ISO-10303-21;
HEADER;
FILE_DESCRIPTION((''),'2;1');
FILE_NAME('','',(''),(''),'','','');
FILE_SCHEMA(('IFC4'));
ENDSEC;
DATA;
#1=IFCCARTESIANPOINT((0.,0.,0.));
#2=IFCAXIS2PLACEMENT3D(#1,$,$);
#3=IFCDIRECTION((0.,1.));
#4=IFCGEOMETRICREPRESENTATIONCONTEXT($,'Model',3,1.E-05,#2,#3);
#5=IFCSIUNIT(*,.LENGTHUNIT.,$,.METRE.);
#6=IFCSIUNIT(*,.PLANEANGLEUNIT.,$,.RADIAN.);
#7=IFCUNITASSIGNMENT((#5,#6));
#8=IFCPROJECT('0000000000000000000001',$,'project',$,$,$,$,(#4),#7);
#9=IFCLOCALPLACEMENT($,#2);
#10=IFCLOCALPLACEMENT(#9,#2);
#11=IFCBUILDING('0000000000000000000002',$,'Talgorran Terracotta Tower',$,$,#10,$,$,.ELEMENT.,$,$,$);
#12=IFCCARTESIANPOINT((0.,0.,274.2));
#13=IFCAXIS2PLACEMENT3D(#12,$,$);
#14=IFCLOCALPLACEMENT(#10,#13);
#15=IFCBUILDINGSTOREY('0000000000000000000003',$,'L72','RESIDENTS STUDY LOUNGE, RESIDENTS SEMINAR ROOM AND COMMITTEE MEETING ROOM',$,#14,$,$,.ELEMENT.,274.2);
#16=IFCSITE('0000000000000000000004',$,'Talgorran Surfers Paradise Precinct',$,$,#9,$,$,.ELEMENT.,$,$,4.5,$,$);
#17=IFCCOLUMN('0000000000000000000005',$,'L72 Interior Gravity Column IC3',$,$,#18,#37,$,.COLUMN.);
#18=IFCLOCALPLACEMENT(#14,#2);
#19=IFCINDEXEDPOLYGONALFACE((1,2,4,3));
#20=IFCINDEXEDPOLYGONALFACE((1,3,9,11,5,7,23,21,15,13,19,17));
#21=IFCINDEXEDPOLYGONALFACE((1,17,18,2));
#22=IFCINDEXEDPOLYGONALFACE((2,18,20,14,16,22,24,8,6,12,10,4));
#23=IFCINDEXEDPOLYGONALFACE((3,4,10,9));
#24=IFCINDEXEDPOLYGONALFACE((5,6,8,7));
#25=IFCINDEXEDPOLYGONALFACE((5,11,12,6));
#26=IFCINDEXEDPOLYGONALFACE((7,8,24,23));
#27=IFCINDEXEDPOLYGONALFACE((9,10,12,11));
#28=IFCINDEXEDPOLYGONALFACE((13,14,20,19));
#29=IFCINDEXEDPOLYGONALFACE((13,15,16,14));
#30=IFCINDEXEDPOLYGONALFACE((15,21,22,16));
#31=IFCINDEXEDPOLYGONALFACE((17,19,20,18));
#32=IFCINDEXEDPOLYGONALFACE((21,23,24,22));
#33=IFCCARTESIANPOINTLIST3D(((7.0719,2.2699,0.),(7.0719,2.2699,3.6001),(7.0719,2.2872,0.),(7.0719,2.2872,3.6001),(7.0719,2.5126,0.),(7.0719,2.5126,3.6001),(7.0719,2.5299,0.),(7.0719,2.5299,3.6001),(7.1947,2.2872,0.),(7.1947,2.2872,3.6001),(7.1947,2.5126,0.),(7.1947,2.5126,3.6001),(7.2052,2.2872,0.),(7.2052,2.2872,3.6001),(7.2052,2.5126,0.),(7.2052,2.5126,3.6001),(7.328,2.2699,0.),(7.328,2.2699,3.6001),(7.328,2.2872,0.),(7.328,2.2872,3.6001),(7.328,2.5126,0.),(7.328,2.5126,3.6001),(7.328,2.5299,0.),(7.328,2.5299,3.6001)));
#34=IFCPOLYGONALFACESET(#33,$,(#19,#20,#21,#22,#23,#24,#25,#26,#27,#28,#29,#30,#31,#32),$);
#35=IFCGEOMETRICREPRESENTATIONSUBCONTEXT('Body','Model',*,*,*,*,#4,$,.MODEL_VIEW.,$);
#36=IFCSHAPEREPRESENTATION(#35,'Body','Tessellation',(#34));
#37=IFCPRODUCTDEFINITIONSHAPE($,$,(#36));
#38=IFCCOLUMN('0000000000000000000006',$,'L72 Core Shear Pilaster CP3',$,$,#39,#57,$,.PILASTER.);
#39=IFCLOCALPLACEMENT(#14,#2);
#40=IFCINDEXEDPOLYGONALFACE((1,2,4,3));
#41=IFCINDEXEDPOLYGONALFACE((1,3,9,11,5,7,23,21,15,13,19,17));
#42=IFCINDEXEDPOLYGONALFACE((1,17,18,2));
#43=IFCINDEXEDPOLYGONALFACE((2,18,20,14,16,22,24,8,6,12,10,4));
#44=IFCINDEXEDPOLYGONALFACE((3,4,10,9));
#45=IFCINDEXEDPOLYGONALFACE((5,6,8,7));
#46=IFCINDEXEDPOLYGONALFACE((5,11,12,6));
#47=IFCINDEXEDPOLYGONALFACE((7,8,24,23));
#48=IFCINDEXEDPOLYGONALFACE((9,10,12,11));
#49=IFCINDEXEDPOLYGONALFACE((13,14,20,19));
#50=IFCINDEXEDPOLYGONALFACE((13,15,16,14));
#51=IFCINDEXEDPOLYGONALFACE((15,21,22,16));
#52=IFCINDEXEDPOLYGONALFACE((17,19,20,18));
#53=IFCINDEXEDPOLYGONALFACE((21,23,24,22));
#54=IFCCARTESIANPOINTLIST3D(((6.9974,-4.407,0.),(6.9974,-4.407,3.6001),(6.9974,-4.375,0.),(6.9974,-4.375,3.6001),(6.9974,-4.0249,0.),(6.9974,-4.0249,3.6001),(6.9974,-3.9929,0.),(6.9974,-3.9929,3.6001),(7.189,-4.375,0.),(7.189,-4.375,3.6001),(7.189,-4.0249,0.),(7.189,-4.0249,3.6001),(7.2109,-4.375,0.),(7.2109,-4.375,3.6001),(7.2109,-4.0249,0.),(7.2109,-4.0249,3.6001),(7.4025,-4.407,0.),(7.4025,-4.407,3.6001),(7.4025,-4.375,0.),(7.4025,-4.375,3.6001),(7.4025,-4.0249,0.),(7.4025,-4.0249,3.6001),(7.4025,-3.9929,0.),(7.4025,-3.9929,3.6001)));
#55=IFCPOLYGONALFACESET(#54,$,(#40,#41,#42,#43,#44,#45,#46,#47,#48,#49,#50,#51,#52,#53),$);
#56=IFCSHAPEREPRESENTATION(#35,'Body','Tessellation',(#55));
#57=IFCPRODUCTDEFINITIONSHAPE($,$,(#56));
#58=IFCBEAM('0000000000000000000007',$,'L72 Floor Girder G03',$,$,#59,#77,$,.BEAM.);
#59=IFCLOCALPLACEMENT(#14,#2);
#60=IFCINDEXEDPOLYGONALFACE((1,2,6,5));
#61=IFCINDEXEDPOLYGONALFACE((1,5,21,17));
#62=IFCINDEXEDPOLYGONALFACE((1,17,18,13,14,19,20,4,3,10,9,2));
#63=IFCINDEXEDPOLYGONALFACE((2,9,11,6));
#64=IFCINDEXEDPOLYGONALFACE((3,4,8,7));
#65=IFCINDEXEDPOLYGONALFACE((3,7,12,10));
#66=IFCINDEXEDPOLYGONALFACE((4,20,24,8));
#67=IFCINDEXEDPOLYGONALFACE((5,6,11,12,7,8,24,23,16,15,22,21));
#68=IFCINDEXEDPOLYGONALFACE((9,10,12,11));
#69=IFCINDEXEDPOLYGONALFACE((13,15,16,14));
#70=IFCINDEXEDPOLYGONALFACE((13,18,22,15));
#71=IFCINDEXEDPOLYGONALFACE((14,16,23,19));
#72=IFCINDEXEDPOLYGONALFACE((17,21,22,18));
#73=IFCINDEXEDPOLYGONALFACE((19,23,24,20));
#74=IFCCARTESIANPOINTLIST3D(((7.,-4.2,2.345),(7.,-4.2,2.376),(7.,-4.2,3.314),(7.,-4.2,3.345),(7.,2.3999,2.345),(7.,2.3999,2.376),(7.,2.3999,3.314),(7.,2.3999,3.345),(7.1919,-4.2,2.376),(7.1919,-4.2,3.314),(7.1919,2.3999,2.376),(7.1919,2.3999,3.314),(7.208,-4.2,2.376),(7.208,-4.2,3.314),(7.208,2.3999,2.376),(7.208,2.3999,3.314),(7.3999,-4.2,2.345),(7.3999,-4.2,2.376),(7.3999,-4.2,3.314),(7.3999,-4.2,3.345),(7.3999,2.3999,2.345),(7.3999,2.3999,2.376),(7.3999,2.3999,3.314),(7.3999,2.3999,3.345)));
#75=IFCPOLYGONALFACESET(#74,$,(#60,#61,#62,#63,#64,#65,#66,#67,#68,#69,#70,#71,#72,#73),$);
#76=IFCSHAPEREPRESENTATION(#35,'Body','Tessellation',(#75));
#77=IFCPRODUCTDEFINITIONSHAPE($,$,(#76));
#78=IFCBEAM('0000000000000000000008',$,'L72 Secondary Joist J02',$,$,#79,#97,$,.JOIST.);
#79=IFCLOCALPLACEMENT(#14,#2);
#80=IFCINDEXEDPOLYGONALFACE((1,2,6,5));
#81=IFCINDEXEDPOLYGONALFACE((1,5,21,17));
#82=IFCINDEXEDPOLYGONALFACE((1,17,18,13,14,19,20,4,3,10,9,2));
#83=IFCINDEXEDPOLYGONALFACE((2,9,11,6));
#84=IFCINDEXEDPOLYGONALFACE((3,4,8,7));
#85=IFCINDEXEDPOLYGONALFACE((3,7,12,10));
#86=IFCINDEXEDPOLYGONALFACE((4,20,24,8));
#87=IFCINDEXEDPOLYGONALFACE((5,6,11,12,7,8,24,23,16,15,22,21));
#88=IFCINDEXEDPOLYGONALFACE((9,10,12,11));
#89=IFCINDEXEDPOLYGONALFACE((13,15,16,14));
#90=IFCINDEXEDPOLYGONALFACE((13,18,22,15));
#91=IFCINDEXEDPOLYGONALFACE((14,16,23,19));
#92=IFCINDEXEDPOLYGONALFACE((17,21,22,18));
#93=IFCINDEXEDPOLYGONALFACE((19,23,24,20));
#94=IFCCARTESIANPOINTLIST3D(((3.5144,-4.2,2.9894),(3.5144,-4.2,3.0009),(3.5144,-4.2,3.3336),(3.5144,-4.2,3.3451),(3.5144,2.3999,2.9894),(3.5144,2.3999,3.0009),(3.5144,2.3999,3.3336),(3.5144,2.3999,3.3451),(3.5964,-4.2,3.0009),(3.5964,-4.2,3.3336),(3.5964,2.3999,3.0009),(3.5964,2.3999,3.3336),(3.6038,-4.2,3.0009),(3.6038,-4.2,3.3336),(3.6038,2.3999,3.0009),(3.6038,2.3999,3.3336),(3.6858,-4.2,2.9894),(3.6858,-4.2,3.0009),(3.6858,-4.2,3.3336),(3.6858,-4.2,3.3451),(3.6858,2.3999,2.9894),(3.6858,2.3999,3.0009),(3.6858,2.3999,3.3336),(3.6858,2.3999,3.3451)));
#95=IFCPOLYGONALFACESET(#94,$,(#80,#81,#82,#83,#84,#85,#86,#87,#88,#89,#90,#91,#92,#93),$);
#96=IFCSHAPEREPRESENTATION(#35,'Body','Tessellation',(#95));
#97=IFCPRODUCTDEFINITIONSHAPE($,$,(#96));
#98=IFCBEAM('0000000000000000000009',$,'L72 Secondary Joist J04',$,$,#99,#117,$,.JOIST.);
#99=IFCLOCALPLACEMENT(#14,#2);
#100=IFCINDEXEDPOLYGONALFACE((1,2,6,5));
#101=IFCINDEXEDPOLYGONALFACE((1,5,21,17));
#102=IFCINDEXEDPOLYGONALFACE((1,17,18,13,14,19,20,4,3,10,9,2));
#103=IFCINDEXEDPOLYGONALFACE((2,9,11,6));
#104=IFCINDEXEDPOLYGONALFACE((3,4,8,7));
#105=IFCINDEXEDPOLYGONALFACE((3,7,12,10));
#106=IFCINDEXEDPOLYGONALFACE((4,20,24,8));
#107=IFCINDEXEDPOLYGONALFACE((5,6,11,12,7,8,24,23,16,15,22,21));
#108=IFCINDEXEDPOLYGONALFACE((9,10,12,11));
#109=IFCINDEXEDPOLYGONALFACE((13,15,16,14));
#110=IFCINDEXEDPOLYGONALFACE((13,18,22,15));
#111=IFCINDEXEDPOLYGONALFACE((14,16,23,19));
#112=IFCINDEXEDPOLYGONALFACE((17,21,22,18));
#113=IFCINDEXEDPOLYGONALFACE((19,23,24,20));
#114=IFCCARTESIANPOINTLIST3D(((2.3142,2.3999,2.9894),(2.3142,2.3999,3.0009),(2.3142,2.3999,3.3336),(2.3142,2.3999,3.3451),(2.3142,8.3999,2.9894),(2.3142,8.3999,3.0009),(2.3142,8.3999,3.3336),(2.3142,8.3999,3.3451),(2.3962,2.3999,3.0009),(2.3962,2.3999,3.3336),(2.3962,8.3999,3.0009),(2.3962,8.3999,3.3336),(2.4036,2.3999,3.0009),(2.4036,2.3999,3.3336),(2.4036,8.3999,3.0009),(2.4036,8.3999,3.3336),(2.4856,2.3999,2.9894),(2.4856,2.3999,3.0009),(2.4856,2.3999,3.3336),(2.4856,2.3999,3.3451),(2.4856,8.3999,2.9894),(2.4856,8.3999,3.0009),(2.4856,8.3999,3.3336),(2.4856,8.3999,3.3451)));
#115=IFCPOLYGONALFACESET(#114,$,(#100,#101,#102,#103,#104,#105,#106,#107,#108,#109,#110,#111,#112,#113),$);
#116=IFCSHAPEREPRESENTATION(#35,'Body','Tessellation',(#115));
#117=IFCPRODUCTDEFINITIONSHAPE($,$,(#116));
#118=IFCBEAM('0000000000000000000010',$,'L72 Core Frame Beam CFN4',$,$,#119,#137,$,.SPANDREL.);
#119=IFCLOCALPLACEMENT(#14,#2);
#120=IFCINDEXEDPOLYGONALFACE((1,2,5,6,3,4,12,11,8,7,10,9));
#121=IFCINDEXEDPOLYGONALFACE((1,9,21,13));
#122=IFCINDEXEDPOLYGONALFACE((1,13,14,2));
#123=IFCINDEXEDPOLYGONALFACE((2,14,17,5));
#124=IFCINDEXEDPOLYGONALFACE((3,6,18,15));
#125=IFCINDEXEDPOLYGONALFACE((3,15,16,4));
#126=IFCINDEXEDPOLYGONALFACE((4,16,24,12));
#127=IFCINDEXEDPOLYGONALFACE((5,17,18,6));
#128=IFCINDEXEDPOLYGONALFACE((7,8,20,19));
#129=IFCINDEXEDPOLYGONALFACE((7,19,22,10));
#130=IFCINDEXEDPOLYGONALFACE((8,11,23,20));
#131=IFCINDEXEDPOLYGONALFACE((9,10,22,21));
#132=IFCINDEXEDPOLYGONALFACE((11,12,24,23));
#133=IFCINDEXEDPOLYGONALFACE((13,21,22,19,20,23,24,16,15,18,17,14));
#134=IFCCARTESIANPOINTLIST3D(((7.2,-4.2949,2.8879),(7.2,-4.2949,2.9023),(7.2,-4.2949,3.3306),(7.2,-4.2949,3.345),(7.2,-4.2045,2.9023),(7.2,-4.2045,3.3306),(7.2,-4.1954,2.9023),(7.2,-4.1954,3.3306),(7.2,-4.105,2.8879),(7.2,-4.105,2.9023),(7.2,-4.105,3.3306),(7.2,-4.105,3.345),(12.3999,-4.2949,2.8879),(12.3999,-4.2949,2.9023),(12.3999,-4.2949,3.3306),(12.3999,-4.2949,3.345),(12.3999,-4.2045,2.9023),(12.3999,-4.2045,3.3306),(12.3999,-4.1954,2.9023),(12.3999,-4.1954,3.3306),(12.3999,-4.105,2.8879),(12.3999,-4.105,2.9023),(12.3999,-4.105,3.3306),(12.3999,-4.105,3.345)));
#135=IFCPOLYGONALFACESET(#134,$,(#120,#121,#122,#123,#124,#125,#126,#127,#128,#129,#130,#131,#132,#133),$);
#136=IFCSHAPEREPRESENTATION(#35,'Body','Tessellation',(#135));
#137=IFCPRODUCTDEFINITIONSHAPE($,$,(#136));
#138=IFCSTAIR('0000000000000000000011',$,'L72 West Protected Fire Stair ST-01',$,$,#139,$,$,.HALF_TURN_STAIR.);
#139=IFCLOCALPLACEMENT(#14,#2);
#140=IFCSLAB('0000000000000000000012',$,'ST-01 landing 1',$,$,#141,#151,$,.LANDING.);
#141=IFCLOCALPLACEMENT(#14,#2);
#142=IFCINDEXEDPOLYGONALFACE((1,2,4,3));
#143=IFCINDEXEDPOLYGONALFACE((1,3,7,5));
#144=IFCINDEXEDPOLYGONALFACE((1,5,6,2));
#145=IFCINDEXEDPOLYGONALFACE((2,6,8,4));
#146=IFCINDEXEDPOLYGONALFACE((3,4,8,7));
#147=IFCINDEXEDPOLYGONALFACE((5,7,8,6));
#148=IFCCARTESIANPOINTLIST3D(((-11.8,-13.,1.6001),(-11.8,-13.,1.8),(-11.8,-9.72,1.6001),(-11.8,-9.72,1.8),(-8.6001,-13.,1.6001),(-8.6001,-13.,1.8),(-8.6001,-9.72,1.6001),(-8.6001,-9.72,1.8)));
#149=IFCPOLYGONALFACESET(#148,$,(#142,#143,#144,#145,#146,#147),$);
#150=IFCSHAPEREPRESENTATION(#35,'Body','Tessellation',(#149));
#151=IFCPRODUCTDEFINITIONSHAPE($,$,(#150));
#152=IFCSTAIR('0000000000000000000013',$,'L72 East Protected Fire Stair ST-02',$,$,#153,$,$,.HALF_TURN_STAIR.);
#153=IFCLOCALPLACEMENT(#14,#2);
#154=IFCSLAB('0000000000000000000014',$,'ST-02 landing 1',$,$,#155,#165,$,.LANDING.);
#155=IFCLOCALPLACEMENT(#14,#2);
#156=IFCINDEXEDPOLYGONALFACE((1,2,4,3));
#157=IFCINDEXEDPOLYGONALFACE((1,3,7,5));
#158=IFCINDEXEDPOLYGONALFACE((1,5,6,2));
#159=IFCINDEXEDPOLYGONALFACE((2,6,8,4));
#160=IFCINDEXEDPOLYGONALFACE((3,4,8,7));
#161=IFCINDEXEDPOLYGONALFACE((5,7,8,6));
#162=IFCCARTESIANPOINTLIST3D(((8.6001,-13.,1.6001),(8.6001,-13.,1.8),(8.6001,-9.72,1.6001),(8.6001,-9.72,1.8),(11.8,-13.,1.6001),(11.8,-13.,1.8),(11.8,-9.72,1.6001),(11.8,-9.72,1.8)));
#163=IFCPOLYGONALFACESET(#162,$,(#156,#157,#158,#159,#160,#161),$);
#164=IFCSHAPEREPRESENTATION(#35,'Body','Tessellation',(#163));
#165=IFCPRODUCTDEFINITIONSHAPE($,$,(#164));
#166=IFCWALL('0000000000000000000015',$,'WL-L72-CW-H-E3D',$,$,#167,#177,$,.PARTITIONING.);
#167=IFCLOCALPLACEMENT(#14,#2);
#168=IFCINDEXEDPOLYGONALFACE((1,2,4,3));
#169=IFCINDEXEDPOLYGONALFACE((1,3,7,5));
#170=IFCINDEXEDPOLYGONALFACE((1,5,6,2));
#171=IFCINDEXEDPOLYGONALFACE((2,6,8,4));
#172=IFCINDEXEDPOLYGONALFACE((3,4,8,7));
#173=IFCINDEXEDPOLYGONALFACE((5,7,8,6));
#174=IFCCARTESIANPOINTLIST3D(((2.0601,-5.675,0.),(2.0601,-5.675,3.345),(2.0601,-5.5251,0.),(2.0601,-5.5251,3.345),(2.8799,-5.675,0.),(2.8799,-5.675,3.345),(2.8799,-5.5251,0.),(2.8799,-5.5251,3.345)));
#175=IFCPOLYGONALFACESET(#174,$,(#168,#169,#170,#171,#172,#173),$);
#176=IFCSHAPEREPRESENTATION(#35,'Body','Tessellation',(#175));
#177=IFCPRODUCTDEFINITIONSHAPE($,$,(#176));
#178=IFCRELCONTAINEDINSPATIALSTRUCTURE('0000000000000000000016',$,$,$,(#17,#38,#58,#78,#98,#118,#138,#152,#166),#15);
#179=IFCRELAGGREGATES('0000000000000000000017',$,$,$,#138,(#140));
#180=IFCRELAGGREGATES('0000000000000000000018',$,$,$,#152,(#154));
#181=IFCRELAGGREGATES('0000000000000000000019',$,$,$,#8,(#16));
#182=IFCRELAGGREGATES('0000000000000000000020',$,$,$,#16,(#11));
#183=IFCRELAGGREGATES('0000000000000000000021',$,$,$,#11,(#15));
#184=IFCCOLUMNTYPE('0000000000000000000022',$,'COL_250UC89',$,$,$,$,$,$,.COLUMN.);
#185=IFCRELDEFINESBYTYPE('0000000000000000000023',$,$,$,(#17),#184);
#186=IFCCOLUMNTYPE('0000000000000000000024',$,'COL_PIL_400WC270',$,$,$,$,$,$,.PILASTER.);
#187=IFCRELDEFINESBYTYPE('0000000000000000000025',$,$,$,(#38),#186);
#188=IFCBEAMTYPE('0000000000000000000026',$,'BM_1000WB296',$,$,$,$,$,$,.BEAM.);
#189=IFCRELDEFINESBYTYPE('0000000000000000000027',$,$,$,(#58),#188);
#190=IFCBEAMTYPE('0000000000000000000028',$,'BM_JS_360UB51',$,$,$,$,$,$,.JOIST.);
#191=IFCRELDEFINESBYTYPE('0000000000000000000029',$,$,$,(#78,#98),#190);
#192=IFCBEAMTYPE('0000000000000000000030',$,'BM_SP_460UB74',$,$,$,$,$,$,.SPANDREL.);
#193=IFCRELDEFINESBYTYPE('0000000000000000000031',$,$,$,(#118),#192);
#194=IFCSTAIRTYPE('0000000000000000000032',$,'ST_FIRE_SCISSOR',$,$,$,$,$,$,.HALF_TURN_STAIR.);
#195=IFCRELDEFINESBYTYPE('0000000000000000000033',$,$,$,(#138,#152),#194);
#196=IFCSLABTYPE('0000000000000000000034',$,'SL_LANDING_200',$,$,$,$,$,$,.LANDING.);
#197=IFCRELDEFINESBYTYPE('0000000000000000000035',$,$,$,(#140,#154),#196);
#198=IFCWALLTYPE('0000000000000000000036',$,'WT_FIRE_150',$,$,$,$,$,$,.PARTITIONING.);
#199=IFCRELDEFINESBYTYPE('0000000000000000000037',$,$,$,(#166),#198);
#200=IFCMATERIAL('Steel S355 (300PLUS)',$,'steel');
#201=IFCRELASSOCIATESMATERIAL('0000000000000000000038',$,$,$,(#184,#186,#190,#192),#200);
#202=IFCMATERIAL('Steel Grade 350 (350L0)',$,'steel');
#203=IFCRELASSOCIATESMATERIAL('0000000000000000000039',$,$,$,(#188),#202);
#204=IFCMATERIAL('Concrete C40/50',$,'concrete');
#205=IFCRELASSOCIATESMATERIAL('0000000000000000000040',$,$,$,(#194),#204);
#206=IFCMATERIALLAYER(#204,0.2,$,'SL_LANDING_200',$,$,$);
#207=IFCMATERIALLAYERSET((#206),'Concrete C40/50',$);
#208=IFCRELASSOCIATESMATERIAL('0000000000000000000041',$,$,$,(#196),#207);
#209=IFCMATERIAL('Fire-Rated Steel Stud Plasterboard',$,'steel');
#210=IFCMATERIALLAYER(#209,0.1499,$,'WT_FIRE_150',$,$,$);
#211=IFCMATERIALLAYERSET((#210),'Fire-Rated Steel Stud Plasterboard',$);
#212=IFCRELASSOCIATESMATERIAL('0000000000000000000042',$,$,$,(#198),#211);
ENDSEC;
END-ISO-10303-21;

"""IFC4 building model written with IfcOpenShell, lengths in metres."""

from ifc_helpers import new_model, si_unit, direction, frame, frame_2d, origin, origin_2d, place, context, subcontext, project, spatial, polyline, rectangle, i_section, outline, extrude, material, layer, layer_set, material_profile, profile_set, type_object, element, aggregate, save


model = new_model("IFC4")

# Units and contexts
model_context = context("Model", 3, precision=1e-05, world=origin(), true_north=direction((0.0, 1.0)))
body_context = subcontext(model_context, "Body", "Model", "MODEL_VIEW")
ifc_project = project(units=[si_unit("LENGTHUNIT", "METRE"), si_unit("PLANEANGLEUNIT", "RADIAN")], contexts=[model_context])

# Site, building, storey
site_placement = place(None, origin())
site = spatial("IfcSite", under=ifc_project, at=site_placement, Name="Talgorran Surfers Paradise Precinct", CompositionType="ELEMENT", RefElevation=4.5)
building_placement = place(site_placement, origin())
building = spatial("IfcBuilding", under=site, at=building_placement, Name="Talgorran Terracotta Tower", CompositionType="ELEMENT")
storey_placement = place(building_placement, frame((0.0, 0.0, 274.2)))
storey = spatial("IfcBuildingStorey", under=building, at=storey_placement, Name="L72", Description="RESIDENTS STUDY LOUNGE, RESIDENTS SEMINAR ROOM AND COMMITTEE MEETING ROOM", CompositionType="ELEMENT", Elevation=274.2)

# Columns
ifc_material_1 = material(Name="Steel S355 (300PLUS)", Category="steel")
ifc_material_profile_1 = material_profile(ifc_material_1, i_section(OverallWidth=0.2561, OverallDepth=0.26, WebThickness=0.0105, FlangeThickness=0.0173, at=origin_2d()), Name="250UC89.5")
ifc_profile_set_1 = profile_set([ifc_material_profile_1], Name="Steel S355 (300PLUS)")
column_type_1 = type_object("IfcColumnType", Name="COL_250UC89", PredefinedType="COLUMN", material=ifc_profile_set_1)
column_1_placement = place(storey_placement, frame((7.2, 2.3999, 0.0), z_axis=(0.0, 0.0, 1.0), x_axis=(1.0, 0.0, 0.0)))
element("IfcColumn", 1, at=column_1_placement, inside=storey, type_object=column_type_1, Name="L72 Interior Gravity Column IC3", PredefinedType="COLUMN", context=body_context, shape_type="SweptSolid", body=[
    extrude(i_section(OverallWidth=0.2561, OverallDepth=0.26, WebThickness=0.0105, FlangeThickness=0.0173, at=origin_2d()), origin(), (0.0, 0.0, 1.0), 3.6001),
])
ifc_material_profile_2 = material_profile(ifc_material_1, i_section(OverallWidth=0.405, OverallDepth=0.4141, WebThickness=0.022, FlangeThickness=0.032, at=origin_2d()), Name="400WC270")
ifc_profile_set_2 = profile_set([ifc_material_profile_2], Name="Steel S355 (300PLUS)")
column_type_2 = type_object("IfcColumnType", Name="COL_PIL_400WC270", PredefinedType="PILASTER", material=ifc_profile_set_2)
column_2_placement = place(storey_placement, frame((7.2, -4.2, 0.0), z_axis=(0.0, 0.0, 1.0), x_axis=(1.0, 0.0, 0.0)))
element("IfcColumn", 2, at=column_2_placement, inside=storey, type_object=column_type_2, Name="L72 Core Shear Pilaster CP3", PredefinedType="PILASTER", context=body_context, shape_type="SweptSolid", body=[
    extrude(i_section(OverallWidth=0.405, OverallDepth=0.4141, WebThickness=0.022, FlangeThickness=0.032, at=origin_2d()), origin(), (0.0, 0.0, 1.0), 3.6001),
])

# Beams
ifc_material_2 = material(Name="Steel Grade 350 (350L0)", Category="steel")
ifc_material_profile_3 = material_profile(ifc_material_2, i_section(OverallWidth=0.3999, OverallDepth=1.0, WebThickness=0.0161, FlangeThickness=0.031, at=origin_2d()), Name="1000WB296")
ifc_profile_set_3 = profile_set([ifc_material_profile_3], Name="Steel Grade 350 (350L0)")
beam_type_1 = type_object("IfcBeamType", Name="BM_1000WB296", PredefinedType="BEAM", material=ifc_profile_set_3)
beam_1_placement = place(storey_placement, frame((7.2, -4.2, 2.845), z_axis=(0.0, 1.0, 0.0), x_axis=(-1.0, 0.0, 0.0)))
element("IfcBeam", 3, at=beam_1_placement, inside=storey, type_object=beam_type_1, Name="L72 Floor Girder G03", PredefinedType="BEAM", context=body_context, shape_type="SweptSolid", body=[
    extrude(i_section(OverallWidth=0.3999, OverallDepth=1.0, WebThickness=0.0161, FlangeThickness=0.031, at=origin_2d()), origin(), (0.0, 0.0, 1.0), 6.5999),
])
ifc_material_profile_4 = material_profile(ifc_material_1, i_section(OverallWidth=0.1714, OverallDepth=0.3557, WebThickness=0.0073, FlangeThickness=0.0115, at=origin_2d()), Name="360UB50.7")
ifc_profile_set_4 = profile_set([ifc_material_profile_4], Name="Steel S355 (300PLUS)")
beam_type_2 = type_object("IfcBeamType", Name="BM_JS_360UB51", PredefinedType="JOIST", material=ifc_profile_set_4)
beam_2_placement = place(storey_placement, frame((3.6001, -4.2, 3.1672), z_axis=(0.0, 1.0, 0.0), x_axis=(-1.0, 0.0, 0.0)))
element("IfcBeam", 4, at=beam_2_placement, inside=storey, type_object=beam_type_2, Name="L72 Secondary Joist J02", PredefinedType="JOIST", context=body_context, shape_type="SweptSolid", body=[
    extrude(i_section(OverallWidth=0.1714, OverallDepth=0.3557, WebThickness=0.0073, FlangeThickness=0.0115, at=origin_2d()), origin(), (0.0, 0.0, 1.0), 6.5999),
])
beam_3_placement = place(storey_placement, frame((2.3999, 2.3999, 3.1672), z_axis=(0.0, 1.0, 0.0), x_axis=(-1.0, 0.0, 0.0)))
element("IfcBeam", 5, at=beam_3_placement, inside=storey, type_object=beam_type_2, Name="L72 Secondary Joist J04", PredefinedType="JOIST", context=body_context, shape_type="SweptSolid", body=[
    extrude(i_section(OverallWidth=0.1714, OverallDepth=0.3557, WebThickness=0.0073, FlangeThickness=0.0115, at=origin_2d()), origin(), (0.0, 0.0, 1.0), 6.0),
])
ifc_material_profile_5 = material_profile(ifc_material_1, i_section(OverallWidth=0.1899, OverallDepth=0.457, WebThickness=0.009, FlangeThickness=0.0144, at=origin_2d()), Name="460UB74.6")
ifc_profile_set_5 = profile_set([ifc_material_profile_5], Name="Steel S355 (300PLUS)")
beam_type_3 = type_object("IfcBeamType", Name="BM_SP_460UB74", PredefinedType="SPANDREL", material=ifc_profile_set_5)
beam_4_placement = place(storey_placement, frame((7.2, -4.2, 3.1165), z_axis=(1.0, 0.0, 0.0), x_axis=(0.0, 1.0, 0.0)))
element("IfcBeam", 6, at=beam_4_placement, inside=storey, type_object=beam_type_3, Name="L72 Core Frame Beam CFN4", PredefinedType="SPANDREL", context=body_context, shape_type="SweptSolid", body=[
    extrude(i_section(OverallWidth=0.1899, OverallDepth=0.457, WebThickness=0.009, FlangeThickness=0.0144, at=origin_2d()), origin(), (0.0, 0.0, 1.0), 5.2),
])

# Stairs, slabs
ifc_material_3 = material(Name="Concrete C40/50", Category="concrete")
stair_type = type_object("IfcStairType", Name="ST_FIRE_SCISSOR", PredefinedType="HALF_TURN_STAIR", material=ifc_material_3)
stair_1_placement = place(storey_placement, origin())
stair_1 = element("IfcStair", 7, at=stair_1_placement, inside=storey, type_object=stair_type, Name="L72 West Protected Fire Stair ST-01", PredefinedType="HALF_TURN_STAIR")
ifc_layer_1 = layer(ifc_material_3, 0.2, Name="SL_LANDING_200")
ifc_layer_set_1 = layer_set([ifc_layer_1], Name="Concrete C40/50")
slab_type = type_object("IfcSlabType", Name="SL_LANDING_200", PredefinedType="LANDING", material=ifc_layer_set_1)
slab_1_placement = place(storey_placement, frame((0.0, 0.0, 1.6001)))
slab_1 = element("IfcSlab", 8, at=slab_1_placement, type_object=slab_type, Name="ST-01 landing 1", PredefinedType="LANDING", context=body_context, shape_type="SweptSolid", body=[
    extrude(outline(polyline([(-11.8, -9.72), (-11.8, -13.0), (-8.6001, -13.0), (-8.6001, -9.72), (-11.8, -9.72)])), origin(), (0.0, 0.0, 1.0), 0.2),
])
aggregate(stair_1, [slab_1])
stair_2_placement = place(storey_placement, origin())
stair_2 = element("IfcStair", 9, at=stair_2_placement, inside=storey, type_object=stair_type, Name="L72 East Protected Fire Stair ST-02", PredefinedType="HALF_TURN_STAIR")
slab_2_placement = place(storey_placement, frame((0.0, 0.0, 1.6001)))
slab_2 = element("IfcSlab", 10, at=slab_2_placement, type_object=slab_type, Name="ST-02 landing 1", PredefinedType="LANDING", context=body_context, shape_type="SweptSolid", body=[
    extrude(outline(polyline([(8.6001, -9.72), (8.6001, -13.0), (11.8, -13.0), (11.8, -9.72), (8.6001, -9.72)])), origin(), (0.0, 0.0, 1.0), 0.2),
])
aggregate(stair_2, [slab_2])

# Wall
ifc_material_4 = material(Name="Fire-Rated Steel Stud Plasterboard", Category="steel")
ifc_layer_2 = layer(ifc_material_4, 0.1499, Name="WT_FIRE_150")
ifc_layer_set_2 = layer_set([ifc_layer_2], Name="Fire-Rated Steel Stud Plasterboard")
wall_type_1 = type_object("IfcWallType", Name="WT_FIRE_150", PredefinedType="PARTITIONING", material=ifc_layer_set_2)
wall_1_placement = place(storey_placement, frame((2.0601, -5.6001, 0.0), z_axis=(0.0, 0.0, 1.0), x_axis=(1.0, 0.0, 0.0)))
element("IfcWall", 11, at=wall_1_placement, inside=storey, type_object=wall_type_1, Name="WL-L72-CW-H-E3D", PredefinedType="PARTITIONING", context=body_context, shape_type="SweptSolid", body=[
    extrude(rectangle(XDim=0.8198, YDim=0.1499, at=frame_2d((0.4099, 0.0))), origin(), (0.0, 0.0, 1.0), 3.345),
])

save(model, "model.ifc")
